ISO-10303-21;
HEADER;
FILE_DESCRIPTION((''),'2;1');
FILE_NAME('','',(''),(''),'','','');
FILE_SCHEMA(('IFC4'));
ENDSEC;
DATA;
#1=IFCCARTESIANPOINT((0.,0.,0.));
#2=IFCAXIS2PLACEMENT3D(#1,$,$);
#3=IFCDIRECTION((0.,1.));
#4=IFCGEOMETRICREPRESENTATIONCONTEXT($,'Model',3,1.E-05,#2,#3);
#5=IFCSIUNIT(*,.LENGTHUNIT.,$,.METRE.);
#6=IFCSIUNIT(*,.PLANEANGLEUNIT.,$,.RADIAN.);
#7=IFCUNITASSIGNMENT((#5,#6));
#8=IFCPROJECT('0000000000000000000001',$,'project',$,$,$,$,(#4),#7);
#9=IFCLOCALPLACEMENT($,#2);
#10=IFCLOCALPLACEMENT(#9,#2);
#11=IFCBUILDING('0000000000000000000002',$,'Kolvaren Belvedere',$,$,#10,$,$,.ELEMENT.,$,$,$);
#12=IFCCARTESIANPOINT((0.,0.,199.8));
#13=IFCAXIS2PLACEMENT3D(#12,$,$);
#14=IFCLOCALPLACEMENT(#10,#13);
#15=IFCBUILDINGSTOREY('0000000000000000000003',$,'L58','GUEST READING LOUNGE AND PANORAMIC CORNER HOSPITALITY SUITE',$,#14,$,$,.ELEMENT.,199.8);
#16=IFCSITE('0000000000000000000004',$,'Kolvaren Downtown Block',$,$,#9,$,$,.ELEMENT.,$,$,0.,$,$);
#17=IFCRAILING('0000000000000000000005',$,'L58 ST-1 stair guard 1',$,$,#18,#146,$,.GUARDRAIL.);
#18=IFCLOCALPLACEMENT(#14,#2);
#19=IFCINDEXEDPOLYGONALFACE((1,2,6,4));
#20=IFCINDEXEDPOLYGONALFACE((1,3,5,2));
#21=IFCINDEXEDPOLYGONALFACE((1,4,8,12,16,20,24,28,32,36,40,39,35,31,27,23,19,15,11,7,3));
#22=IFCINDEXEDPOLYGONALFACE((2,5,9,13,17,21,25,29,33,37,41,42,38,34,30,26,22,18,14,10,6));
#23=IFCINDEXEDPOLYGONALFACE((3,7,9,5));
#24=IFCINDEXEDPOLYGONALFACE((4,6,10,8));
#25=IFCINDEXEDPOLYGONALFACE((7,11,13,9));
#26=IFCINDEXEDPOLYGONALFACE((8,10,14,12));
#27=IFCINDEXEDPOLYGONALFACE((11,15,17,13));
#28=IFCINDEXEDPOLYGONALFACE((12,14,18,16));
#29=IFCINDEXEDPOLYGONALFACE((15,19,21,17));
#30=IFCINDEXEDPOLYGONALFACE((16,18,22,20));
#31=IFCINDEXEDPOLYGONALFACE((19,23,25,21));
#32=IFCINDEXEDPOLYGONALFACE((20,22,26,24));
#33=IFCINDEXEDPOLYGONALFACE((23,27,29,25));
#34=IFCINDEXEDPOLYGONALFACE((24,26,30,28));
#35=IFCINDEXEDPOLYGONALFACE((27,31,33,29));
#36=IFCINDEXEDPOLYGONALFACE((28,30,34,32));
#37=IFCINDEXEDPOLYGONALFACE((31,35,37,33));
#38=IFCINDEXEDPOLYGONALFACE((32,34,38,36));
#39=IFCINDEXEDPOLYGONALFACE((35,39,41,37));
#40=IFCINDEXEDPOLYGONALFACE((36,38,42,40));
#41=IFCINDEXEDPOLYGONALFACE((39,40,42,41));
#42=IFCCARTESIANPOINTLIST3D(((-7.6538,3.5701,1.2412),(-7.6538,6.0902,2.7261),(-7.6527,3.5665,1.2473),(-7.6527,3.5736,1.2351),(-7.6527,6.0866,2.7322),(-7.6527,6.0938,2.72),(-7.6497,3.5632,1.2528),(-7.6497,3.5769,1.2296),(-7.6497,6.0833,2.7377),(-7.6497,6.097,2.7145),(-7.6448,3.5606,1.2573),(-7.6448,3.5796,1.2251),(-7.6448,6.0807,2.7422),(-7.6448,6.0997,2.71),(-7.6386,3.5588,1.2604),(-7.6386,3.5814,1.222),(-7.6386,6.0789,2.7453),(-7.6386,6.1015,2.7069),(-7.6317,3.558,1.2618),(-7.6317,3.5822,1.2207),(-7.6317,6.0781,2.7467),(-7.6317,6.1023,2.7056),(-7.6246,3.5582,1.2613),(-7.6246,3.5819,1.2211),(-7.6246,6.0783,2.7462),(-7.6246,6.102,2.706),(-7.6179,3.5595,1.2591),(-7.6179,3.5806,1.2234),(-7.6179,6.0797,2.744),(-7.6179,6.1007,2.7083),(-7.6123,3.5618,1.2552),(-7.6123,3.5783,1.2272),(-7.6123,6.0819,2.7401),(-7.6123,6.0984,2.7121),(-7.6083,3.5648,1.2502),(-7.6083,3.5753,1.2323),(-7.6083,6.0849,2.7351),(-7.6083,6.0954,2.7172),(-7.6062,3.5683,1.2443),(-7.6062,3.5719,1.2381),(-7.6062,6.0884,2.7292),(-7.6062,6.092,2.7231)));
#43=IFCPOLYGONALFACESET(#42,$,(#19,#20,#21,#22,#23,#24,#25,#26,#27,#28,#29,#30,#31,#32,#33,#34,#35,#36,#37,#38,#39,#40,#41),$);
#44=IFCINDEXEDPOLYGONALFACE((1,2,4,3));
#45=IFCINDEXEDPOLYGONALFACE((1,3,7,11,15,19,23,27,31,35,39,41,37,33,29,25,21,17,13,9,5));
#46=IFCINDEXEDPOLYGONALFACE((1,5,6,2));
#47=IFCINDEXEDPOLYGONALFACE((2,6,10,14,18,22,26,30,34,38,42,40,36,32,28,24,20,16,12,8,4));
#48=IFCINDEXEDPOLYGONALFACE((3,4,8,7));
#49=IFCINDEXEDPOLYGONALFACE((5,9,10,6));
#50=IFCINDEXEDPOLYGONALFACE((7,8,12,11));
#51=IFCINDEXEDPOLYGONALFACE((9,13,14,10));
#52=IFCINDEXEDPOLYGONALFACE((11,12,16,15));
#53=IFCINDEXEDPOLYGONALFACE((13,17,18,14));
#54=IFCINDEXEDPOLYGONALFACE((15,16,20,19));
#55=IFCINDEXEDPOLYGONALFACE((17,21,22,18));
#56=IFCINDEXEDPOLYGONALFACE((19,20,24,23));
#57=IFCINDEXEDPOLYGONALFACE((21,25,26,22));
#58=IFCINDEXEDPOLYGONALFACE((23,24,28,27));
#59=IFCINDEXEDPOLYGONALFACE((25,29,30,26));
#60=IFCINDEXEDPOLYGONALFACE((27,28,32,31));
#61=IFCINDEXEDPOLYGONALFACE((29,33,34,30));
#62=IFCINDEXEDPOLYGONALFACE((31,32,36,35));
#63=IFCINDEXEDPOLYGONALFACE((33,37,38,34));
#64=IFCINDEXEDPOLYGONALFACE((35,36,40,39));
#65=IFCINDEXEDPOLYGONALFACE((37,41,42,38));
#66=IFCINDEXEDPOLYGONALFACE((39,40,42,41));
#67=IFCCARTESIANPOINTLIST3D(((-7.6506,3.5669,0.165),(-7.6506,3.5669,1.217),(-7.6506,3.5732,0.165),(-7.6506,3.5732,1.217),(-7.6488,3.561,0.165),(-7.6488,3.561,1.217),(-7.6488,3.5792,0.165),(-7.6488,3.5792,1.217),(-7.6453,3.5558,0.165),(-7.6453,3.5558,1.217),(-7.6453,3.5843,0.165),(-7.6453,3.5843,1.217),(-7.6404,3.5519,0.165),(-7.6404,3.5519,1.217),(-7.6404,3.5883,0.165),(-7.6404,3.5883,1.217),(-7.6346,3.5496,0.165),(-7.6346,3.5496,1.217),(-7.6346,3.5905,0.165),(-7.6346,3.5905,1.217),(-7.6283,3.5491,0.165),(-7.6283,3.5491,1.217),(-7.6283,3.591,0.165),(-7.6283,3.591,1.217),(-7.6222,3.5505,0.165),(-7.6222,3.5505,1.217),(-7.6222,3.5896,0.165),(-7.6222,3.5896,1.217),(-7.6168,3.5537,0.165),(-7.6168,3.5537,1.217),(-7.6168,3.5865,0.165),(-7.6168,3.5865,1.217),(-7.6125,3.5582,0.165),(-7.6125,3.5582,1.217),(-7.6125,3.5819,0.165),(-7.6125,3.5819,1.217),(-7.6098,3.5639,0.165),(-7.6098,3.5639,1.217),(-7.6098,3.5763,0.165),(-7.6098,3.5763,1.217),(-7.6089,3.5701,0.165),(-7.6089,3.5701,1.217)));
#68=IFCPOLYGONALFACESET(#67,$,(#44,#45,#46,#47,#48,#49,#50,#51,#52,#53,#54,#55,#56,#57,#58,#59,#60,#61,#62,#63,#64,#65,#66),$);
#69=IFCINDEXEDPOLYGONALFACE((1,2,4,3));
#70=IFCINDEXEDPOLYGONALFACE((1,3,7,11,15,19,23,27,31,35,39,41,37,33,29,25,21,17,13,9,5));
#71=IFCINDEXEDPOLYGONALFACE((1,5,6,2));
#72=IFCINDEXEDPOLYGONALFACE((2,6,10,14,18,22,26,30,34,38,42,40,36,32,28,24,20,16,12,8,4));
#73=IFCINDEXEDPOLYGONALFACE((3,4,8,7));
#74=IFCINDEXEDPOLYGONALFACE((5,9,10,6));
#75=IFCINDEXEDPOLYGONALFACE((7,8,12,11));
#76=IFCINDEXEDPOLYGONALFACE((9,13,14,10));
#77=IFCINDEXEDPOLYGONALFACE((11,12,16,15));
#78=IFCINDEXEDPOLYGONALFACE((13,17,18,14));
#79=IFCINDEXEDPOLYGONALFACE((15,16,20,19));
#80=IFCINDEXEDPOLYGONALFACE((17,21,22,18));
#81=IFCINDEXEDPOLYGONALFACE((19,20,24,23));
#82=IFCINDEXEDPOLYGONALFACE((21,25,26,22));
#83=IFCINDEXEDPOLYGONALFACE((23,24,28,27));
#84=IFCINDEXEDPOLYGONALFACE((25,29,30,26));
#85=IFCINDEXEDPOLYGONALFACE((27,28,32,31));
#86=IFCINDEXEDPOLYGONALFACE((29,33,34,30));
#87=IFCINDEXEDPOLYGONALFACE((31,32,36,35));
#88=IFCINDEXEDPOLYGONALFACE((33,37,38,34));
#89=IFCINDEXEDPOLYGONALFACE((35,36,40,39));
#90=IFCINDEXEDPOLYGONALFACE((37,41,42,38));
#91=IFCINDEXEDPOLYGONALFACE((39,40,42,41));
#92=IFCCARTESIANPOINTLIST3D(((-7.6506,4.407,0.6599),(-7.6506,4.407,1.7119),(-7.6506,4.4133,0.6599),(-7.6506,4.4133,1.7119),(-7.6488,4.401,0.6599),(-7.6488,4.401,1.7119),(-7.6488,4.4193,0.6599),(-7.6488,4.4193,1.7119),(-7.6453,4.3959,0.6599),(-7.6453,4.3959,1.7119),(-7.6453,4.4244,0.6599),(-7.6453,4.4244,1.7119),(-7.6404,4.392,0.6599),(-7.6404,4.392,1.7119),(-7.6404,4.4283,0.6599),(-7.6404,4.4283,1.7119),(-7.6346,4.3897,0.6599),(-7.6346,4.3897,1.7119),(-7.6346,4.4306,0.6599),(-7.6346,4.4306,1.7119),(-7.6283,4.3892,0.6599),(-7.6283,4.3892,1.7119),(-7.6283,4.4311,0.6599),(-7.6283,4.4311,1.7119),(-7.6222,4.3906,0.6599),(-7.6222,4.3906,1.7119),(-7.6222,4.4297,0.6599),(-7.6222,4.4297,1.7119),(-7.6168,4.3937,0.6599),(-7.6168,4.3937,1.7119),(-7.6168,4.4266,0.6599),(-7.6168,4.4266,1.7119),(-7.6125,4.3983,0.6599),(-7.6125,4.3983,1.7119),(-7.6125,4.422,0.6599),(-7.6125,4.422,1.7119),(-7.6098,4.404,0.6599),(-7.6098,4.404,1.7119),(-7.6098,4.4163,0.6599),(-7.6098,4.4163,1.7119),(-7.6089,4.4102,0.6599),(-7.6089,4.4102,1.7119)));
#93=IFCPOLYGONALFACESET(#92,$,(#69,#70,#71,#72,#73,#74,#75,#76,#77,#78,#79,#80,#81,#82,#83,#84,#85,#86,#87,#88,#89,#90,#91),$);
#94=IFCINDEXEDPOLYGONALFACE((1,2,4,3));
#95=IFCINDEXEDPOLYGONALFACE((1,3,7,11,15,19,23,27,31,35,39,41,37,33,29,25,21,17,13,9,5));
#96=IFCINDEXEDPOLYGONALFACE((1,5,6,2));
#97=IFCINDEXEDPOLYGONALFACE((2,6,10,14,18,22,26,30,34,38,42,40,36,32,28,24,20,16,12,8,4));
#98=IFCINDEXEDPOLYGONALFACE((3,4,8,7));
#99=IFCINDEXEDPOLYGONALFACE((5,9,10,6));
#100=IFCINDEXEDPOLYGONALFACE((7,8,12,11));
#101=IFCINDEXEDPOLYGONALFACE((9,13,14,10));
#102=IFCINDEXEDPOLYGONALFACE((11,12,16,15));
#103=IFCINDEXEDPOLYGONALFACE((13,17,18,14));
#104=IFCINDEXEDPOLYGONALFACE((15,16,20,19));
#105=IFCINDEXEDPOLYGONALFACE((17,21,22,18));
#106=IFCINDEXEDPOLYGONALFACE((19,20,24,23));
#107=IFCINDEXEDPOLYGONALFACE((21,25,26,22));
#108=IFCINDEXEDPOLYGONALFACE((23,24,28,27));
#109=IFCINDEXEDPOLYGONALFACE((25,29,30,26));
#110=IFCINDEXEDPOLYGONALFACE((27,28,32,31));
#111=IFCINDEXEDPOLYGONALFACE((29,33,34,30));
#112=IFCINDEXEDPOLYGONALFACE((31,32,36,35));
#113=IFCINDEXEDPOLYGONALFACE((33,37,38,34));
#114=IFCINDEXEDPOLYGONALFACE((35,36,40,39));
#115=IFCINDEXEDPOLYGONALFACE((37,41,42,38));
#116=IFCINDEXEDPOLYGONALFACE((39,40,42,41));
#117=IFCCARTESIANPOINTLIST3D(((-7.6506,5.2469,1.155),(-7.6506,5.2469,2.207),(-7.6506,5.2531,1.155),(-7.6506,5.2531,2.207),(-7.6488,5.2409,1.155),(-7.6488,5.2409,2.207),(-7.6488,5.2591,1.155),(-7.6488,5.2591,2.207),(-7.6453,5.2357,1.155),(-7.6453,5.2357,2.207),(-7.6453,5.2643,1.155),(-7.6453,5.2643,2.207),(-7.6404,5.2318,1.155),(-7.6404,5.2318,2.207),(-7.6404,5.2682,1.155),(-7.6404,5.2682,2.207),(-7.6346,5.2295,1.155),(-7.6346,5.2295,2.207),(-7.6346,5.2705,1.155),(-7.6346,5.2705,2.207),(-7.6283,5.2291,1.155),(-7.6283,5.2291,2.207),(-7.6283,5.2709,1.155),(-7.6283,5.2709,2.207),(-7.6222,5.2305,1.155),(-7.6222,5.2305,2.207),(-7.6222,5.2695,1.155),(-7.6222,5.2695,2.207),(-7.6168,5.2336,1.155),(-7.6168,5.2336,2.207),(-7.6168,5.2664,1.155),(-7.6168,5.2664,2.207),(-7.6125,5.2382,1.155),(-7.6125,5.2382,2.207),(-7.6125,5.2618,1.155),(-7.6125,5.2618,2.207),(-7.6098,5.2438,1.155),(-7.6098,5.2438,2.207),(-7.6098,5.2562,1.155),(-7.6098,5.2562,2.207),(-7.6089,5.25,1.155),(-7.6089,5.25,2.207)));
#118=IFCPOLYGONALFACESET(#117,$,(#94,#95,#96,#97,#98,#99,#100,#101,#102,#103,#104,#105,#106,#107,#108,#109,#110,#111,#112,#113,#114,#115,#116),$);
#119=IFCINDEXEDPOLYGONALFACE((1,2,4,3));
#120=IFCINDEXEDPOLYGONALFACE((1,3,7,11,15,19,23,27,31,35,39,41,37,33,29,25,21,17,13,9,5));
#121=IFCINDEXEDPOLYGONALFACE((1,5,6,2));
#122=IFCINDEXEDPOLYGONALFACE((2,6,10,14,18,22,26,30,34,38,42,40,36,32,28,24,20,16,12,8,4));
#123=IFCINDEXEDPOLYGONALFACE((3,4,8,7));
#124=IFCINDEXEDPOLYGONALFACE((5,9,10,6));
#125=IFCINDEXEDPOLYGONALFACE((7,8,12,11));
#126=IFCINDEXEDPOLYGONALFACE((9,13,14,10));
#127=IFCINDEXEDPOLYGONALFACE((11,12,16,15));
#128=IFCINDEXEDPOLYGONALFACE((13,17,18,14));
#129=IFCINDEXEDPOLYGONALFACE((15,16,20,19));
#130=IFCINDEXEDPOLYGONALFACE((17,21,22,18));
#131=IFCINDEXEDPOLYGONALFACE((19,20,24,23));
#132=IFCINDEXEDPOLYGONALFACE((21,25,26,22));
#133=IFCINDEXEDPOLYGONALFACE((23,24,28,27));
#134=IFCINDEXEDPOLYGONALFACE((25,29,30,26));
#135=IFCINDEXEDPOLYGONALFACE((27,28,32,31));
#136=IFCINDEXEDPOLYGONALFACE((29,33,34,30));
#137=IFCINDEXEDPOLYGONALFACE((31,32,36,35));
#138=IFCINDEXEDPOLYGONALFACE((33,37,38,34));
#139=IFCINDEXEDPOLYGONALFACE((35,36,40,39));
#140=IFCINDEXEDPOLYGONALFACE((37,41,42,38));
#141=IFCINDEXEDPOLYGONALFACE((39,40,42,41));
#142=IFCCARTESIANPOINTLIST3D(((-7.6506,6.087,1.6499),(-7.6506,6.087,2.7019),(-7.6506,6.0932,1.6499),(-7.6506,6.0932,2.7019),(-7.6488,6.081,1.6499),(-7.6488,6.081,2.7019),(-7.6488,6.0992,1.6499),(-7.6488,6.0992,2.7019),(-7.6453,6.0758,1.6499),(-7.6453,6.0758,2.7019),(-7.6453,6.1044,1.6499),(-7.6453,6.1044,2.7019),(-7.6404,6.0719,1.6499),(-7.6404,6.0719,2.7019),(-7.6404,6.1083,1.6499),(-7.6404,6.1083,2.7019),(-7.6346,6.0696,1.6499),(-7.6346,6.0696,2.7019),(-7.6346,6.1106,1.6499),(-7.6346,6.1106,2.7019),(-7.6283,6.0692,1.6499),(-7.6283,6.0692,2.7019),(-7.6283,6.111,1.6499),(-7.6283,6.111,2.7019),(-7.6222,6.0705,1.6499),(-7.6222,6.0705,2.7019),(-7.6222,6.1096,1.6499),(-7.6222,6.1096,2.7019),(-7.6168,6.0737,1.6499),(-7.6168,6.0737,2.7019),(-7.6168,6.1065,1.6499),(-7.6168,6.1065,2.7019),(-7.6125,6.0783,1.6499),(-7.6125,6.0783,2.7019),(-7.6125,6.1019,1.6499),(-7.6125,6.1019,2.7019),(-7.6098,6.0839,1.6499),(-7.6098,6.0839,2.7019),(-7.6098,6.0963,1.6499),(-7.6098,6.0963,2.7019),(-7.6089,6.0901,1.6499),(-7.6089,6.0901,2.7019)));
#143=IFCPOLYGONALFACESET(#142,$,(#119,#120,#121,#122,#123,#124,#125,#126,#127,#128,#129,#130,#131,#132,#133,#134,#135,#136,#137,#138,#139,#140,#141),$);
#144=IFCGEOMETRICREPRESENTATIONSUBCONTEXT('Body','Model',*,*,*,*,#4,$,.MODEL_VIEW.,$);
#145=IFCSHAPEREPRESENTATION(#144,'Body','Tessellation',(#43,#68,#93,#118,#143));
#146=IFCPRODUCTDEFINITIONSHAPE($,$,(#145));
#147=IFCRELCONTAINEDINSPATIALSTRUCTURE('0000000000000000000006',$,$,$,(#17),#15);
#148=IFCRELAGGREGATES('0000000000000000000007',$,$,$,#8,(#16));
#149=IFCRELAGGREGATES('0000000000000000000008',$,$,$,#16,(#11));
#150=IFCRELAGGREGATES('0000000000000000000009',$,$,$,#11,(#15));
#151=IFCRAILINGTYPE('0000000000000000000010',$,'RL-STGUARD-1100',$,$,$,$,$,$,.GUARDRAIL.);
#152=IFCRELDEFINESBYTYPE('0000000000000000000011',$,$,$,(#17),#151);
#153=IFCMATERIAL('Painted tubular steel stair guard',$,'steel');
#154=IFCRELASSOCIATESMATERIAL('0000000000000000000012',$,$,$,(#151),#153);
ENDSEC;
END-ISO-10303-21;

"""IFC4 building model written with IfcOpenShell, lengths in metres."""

from ifc_helpers import new_model, si_unit, direction, frame, origin, origin_2d, place, context, subcontext, project, spatial, circle, extrude, material, type_object, element, save


model = new_model("IFC4")

# Units and contexts
model_context = context("Model", 3, precision=1e-05, world=origin(), true_north=direction((0.0, 1.0)))
body_context = subcontext(model_context, "Body", "Model", "MODEL_VIEW")
ifc_project = project(units=[si_unit("LENGTHUNIT", "METRE"), si_unit("PLANEANGLEUNIT", "RADIAN")], contexts=[model_context])

# Site, building, storey
site_placement = place(None, origin())
site = spatial("IfcSite", under=ifc_project, at=site_placement, Name="Kolvaren Downtown Block", CompositionType="ELEMENT", RefElevation=0.0)
building_placement = place(site_placement, origin())
building = spatial("IfcBuilding", under=site, at=building_placement, Name="Kolvaren Belvedere", CompositionType="ELEMENT")
storey_placement = place(building_placement, frame((0.0, 0.0, 199.8)))
storey = spatial("IfcBuildingStorey", under=building, at=storey_placement, Name="L58", Description="GUEST READING LOUNGE AND PANORAMIC CORNER HOSPITALITY SUITE", CompositionType="ELEMENT", Elevation=199.8)

# Railing
ifc_material_1 = material(Name="Painted tubular steel stair guard", Category="steel")
railing_type_1 = type_object("IfcRailingType", Name="RL-STGUARD-1100", PredefinedType="GUARDRAIL", material=ifc_material_1)
railing_1_placement = place(storey_placement, frame((-7.6299, 3.5701, 0.165)))
element("IfcRailing", 1, at=railing_1_placement, inside=storey, type_object=railing_type_1, Name="L58 ST-1 stair guard 1", PredefinedType="GUARDRAIL", context=body_context, shape_type="SweptSolid", body=[
    extrude(circle(Radius=0.0239, at=origin_2d()), frame((0.0, 0.0, 1.0762), z_axis=(0.0, 0.861561, 0.507655), x_axis=(-1.0, 0.0, 0.0)), (0.0, 0.0, 1.0), 2.925),
    extrude(circle(Radius=0.021, at=origin_2d()), origin(), (0.0, 0.0, 1.0), 1.052),
    extrude(circle(Radius=0.021, at=origin_2d()), frame((0.0, 0.8401, 0.4949)), (0.0, 0.0, 1.0), 1.052),
    extrude(circle(Radius=0.021, at=origin_2d()), frame((0.0, 1.6799, 0.99)), (0.0, 0.0, 1.0), 1.052),
    extrude(circle(Radius=0.021, at=origin_2d()), frame((0.0, 2.52, 1.4849)), (0.0, 0.0, 1.0), 1.052),
])

save(model, "model.ifc")
